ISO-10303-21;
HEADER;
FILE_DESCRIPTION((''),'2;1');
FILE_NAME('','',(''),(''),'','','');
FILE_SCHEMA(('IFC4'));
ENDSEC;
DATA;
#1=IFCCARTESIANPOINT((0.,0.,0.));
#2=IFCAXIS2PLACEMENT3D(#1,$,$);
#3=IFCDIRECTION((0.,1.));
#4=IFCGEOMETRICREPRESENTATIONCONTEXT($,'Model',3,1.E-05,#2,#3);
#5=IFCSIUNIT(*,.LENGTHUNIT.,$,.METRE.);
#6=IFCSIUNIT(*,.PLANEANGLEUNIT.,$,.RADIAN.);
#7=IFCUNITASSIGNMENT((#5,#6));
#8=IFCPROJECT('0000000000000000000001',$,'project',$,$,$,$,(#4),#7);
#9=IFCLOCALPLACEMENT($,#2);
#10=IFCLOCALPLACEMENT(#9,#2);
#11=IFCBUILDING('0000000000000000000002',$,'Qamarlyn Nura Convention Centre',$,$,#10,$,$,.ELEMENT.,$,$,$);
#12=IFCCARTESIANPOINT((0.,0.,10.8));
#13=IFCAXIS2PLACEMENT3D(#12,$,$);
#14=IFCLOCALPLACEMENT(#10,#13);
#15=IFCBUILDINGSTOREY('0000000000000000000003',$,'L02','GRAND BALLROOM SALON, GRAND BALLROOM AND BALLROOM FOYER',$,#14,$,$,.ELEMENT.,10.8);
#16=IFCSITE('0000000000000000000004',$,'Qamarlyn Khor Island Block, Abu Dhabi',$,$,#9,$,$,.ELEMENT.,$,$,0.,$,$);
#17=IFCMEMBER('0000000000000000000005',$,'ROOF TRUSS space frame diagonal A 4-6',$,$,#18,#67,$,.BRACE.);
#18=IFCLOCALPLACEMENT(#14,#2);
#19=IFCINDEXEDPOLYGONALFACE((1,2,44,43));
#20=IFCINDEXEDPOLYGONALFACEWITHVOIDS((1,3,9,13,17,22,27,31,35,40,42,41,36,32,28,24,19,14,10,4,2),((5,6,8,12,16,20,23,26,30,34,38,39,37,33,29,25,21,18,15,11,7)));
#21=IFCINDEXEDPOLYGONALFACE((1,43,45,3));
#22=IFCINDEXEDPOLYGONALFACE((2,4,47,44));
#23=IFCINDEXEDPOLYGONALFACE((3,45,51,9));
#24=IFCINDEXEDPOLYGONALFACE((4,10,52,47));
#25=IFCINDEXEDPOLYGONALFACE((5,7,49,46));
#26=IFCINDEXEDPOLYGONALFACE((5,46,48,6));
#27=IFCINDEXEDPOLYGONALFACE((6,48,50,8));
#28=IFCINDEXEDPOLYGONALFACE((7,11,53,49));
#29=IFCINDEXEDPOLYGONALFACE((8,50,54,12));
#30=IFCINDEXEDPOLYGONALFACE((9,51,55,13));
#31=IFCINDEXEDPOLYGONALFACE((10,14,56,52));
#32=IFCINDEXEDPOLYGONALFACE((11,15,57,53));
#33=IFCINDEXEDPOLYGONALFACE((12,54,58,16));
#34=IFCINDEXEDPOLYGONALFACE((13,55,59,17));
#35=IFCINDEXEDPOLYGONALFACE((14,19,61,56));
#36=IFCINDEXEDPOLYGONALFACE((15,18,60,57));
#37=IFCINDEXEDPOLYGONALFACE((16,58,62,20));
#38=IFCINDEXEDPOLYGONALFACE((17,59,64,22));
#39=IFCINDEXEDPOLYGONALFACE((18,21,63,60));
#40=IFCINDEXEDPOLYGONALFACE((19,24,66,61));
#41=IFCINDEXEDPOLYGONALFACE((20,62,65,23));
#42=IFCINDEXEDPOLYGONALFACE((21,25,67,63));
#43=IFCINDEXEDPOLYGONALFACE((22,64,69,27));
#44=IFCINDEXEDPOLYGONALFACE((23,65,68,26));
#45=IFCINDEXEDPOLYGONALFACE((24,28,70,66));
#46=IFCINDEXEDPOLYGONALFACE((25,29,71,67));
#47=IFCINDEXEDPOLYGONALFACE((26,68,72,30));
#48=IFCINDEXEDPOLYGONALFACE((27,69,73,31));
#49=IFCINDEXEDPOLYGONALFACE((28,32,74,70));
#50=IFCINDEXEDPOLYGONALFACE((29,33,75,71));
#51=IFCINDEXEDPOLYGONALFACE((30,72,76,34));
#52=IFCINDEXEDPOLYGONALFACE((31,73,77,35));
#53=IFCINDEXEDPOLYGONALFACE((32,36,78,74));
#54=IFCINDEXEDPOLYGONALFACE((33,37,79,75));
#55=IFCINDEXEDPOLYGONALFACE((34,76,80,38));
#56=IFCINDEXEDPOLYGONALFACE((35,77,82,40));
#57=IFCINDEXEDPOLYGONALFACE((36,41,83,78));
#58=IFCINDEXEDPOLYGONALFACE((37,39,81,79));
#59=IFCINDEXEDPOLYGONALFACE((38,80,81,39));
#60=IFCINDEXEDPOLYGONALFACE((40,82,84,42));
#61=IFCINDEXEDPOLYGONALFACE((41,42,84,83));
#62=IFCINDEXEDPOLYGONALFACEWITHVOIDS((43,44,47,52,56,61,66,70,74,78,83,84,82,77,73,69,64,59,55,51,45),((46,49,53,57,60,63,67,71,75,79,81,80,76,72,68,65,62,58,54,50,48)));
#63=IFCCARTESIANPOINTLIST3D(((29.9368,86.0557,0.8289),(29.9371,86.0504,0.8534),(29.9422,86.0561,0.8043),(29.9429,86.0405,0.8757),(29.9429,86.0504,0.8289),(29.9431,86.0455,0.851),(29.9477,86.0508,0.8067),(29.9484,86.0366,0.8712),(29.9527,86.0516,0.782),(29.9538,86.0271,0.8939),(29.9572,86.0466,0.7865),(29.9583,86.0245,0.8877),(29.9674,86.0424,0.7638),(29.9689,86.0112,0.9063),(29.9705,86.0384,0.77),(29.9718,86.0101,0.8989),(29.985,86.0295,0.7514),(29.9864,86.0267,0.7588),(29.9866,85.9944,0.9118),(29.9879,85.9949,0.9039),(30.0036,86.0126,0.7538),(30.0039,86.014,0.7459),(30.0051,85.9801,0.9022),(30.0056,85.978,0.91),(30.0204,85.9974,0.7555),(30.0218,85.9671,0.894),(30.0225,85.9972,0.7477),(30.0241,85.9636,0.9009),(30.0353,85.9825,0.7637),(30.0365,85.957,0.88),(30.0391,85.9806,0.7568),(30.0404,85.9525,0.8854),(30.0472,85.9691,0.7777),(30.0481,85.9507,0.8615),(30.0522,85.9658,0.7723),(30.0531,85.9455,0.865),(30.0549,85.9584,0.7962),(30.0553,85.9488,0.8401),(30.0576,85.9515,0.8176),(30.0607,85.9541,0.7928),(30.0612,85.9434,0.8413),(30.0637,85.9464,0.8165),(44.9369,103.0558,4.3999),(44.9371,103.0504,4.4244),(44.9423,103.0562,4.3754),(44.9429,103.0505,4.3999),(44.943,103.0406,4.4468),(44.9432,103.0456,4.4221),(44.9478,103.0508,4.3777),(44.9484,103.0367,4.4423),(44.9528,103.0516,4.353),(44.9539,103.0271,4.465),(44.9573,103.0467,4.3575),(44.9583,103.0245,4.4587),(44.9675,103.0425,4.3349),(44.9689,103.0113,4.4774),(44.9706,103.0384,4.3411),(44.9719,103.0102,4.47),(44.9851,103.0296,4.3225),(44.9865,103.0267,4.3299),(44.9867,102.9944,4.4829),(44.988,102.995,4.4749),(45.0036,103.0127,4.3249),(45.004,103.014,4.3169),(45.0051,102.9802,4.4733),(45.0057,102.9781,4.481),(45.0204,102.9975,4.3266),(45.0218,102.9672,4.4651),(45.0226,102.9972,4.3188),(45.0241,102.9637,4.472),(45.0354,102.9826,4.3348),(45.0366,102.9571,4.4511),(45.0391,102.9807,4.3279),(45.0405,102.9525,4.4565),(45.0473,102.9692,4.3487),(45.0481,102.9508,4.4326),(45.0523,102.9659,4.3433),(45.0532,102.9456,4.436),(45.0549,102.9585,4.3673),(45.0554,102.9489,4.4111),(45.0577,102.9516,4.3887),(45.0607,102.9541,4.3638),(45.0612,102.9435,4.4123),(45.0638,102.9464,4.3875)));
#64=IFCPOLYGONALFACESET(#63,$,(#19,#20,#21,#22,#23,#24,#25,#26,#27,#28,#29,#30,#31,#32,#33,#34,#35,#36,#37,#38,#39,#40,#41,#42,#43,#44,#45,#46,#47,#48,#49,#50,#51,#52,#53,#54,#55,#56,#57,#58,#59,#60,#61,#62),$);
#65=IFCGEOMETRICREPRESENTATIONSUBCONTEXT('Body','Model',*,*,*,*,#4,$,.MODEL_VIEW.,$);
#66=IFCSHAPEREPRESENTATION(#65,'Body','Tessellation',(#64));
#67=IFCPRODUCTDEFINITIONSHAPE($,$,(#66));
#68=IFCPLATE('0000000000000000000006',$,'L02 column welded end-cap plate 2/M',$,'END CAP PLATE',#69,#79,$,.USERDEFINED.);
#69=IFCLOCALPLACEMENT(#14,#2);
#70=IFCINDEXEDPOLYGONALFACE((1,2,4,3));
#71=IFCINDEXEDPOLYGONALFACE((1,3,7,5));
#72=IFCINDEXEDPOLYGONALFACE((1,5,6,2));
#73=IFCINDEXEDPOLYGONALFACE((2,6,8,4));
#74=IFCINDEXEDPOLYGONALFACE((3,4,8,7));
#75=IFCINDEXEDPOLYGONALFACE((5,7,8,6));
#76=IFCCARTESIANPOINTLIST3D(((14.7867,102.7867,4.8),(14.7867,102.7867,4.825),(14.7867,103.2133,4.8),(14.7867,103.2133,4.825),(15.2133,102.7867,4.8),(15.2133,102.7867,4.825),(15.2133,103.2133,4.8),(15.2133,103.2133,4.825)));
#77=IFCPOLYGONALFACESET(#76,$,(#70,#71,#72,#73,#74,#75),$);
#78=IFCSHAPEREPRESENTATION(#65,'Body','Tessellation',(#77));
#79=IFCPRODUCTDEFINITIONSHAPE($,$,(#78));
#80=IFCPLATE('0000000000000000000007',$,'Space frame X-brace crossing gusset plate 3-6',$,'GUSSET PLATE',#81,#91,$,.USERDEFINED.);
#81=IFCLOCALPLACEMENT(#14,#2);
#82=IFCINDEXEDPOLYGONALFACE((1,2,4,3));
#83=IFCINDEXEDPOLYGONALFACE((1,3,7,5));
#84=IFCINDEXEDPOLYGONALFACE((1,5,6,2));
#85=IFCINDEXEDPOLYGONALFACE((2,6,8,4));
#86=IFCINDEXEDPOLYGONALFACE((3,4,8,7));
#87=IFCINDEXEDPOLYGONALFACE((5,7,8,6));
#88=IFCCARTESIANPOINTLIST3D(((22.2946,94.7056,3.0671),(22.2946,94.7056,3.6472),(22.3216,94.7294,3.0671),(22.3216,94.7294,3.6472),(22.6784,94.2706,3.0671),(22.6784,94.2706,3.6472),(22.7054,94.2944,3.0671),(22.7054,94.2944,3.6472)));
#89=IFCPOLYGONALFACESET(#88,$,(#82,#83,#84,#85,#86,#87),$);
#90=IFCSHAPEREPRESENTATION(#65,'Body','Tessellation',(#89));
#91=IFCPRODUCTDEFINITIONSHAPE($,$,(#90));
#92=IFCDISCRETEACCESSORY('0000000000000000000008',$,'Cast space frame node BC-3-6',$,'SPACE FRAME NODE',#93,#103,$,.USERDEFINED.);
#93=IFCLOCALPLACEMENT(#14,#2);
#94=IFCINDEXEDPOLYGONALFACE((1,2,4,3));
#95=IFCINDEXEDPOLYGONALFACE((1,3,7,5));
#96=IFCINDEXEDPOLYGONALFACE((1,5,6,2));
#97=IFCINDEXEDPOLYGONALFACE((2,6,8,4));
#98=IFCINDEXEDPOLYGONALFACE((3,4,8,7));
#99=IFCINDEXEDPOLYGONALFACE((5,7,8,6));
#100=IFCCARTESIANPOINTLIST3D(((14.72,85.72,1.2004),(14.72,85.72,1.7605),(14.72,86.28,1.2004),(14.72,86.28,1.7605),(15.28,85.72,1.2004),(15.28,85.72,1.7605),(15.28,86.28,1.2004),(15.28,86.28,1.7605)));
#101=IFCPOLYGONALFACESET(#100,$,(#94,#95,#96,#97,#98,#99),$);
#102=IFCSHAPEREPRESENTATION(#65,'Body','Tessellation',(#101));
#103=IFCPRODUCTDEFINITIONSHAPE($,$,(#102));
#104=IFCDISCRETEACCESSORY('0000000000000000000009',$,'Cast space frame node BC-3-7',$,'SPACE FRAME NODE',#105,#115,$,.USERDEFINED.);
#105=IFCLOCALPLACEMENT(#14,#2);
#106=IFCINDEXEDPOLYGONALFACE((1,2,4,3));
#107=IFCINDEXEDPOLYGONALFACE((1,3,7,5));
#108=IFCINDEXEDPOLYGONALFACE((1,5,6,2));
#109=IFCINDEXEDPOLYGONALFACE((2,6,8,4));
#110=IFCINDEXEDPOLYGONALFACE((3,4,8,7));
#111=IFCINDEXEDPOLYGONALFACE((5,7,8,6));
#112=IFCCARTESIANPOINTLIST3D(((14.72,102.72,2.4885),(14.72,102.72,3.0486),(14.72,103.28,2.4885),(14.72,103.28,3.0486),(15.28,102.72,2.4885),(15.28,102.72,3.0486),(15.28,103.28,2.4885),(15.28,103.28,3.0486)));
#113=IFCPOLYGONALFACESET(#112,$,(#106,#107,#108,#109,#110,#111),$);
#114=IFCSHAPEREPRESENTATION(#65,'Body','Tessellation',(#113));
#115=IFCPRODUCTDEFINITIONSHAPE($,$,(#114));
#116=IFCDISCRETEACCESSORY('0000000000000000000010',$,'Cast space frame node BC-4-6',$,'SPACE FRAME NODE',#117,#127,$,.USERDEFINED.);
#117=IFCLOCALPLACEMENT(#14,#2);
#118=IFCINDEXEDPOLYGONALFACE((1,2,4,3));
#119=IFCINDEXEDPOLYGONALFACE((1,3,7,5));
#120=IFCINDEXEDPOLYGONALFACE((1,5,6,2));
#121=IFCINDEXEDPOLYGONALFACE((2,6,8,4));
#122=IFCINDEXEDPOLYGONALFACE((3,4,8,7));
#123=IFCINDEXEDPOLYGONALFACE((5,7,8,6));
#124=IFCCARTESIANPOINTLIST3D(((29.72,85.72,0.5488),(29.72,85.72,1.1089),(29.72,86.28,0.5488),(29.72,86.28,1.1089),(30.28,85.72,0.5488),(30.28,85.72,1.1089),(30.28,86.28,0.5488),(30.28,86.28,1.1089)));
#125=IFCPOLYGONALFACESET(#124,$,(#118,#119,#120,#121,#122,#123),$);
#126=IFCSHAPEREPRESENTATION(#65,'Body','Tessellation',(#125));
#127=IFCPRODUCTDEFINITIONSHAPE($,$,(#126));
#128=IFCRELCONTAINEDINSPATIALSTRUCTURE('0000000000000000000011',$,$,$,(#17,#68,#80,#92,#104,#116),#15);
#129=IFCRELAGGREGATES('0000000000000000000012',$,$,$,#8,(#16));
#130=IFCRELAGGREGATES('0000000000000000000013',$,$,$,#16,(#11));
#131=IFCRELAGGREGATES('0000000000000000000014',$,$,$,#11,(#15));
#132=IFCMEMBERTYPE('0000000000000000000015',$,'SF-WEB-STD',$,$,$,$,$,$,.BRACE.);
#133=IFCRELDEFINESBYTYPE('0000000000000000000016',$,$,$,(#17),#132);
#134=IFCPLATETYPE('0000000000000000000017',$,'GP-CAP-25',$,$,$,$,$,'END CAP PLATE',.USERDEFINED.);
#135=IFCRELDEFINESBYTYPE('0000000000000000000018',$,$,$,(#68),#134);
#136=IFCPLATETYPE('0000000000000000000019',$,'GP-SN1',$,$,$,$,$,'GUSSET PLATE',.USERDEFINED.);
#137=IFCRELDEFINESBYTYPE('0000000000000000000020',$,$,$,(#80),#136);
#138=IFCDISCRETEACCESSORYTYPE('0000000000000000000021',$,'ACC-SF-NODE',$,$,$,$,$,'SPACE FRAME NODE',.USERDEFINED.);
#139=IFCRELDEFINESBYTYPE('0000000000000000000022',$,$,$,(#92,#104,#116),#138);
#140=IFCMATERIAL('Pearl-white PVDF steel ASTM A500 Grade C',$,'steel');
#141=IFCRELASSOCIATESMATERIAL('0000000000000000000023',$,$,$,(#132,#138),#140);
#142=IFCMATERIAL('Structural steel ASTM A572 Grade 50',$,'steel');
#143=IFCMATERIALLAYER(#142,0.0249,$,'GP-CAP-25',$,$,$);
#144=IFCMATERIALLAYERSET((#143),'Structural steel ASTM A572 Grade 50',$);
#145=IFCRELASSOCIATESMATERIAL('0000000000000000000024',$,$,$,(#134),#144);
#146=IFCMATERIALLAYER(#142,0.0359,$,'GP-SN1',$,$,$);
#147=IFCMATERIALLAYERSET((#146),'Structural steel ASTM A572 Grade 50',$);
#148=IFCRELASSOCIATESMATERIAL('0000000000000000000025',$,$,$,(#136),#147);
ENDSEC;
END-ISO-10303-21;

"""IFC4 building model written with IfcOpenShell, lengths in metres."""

from ifc_helpers import new_model, si_unit, direction, frame, origin, origin_2d, place, context, subcontext, project, spatial, rectangle, hollow_circle, extrude, material, layer, layer_set, material_profile, profile_set, type_object, element, save


model = new_model("IFC4")

# Units and contexts
model_context = context("Model", 3, precision=1e-05, world=origin(), true_north=direction((0.0, 1.0)))
body_context = subcontext(model_context, "Body", "Model", "MODEL_VIEW")
ifc_project = project(units=[si_unit("LENGTHUNIT", "METRE"), si_unit("PLANEANGLEUNIT", "RADIAN")], contexts=[model_context])

# Site, building, storey
site_placement = place(None, origin())
site = spatial("IfcSite", under=ifc_project, at=site_placement, Name="Qamarlyn Khor Island Block, Abu Dhabi", CompositionType="ELEMENT", RefElevation=0.0)
building_placement = place(site_placement, origin())
building = spatial("IfcBuilding", under=site, at=building_placement, Name="Qamarlyn Nura Convention Centre", CompositionType="ELEMENT")
storey_placement = place(building_placement, frame((0.0, 0.0, 10.8)))
storey = spatial("IfcBuildingStorey", under=building, at=storey_placement, Name="L02", Description="GRAND BALLROOM SALON, GRAND BALLROOM AND BALLROOM FOYER", CompositionType="ELEMENT", Elevation=10.8)

# Shared definitions
ifc_material_1 = material(Name="Pearl-white PVDF steel ASTM A500 Grade C", Category="steel")

# Member
ifc_material_profile_1 = material_profile(ifc_material_1, hollow_circle(Radius=0.0842, WallThickness=0.0081, at=origin_2d()), Name="CHS168.3X8")
ifc_profile_set_1 = profile_set([ifc_material_profile_1], Name="Pearl-white PVDF steel ASTM A500 Grade C")
member_type_1 = type_object("IfcMemberType", Name="SF-WEB-STD", PredefinedType="BRACE", material=ifc_profile_set_1)
member_1_placement = place(storey_placement, frame((30.0, 86.0, 0.8289), z_axis=(0.653564, 0.740706, 0.155594), x_axis=(-0.749838, 0.661622, 0.0)))
element("IfcMember", 1, at=member_1_placement, inside=storey, type_object=member_type_1, Name="ROOF TRUSS space frame diagonal A 4-6", PredefinedType="BRACE", context=body_context, shape_type="SweptSolid", body=[
    extrude(hollow_circle(Radius=0.0842, WallThickness=0.0081, at=origin_2d()), origin(), (0.0, 0.0, 1.0), 22.9512),
])

# Plates
ifc_material_2 = material(Name="Structural steel ASTM A572 Grade 50", Category="steel")
ifc_layer_1 = layer(ifc_material_2, 0.0249, Name="GP-CAP-25")
ifc_layer_set_1 = layer_set([ifc_layer_1], Name="Structural steel ASTM A572 Grade 50")
plate_type_1 = type_object("IfcPlateType", Name="GP-CAP-25", ElementType="END CAP PLATE", PredefinedType="USERDEFINED", material=ifc_layer_set_1)
plate_1_placement = place(storey_placement, frame((15.0, 103.0, 4.8), z_axis=(0.0, 0.0, 1.0), x_axis=(1.0, 0.0, 0.0)))
element("IfcPlate", 2, at=plate_1_placement, inside=storey, type_object=plate_type_1, Name="L02 column welded end-cap plate 2/M", ObjectType="END CAP PLATE", PredefinedType="USERDEFINED", context=body_context, shape_type="SweptSolid", body=[
    extrude(rectangle(XDim=0.4265, YDim=0.4265, at=origin_2d()), origin(), (0.0, 0.0, 1.0), 0.0249),
])
ifc_layer_2 = layer(ifc_material_2, 0.0359, Name="GP-SN1")
ifc_layer_set_2 = layer_set([ifc_layer_2], Name="Structural steel ASTM A572 Grade 50")
plate_type_2 = type_object("IfcPlateType", Name="GP-SN1", ElementType="GUSSET PLATE", PredefinedType="USERDEFINED", material=ifc_layer_set_2)
plate_2_placement = place(storey_placement, frame((22.5, 94.5, 3.0671), z_axis=(0.0, 0.0, 1.0), x_axis=(-0.661622, 0.749837, 0.0)))
element("IfcPlate", 3, at=plate_2_placement, inside=storey, type_object=plate_type_2, Name="Space frame X-brace crossing gusset plate 3-6", ObjectType="GUSSET PLATE", PredefinedType="USERDEFINED", context=body_context, shape_type="SweptSolid", body=[
    extrude(rectangle(XDim=0.5801, YDim=0.0359, at=origin_2d()), origin(), (0.0, 0.0, 1.0), 0.5801),
])

# Discrete accessories
discrete_accessory_type = type_object("IfcDiscreteAccessoryType", Name="ACC-SF-NODE", ElementType="SPACE FRAME NODE", PredefinedType="USERDEFINED", material=ifc_material_1)
for number, where, z_axis, x_axis, name in (
    (4, (15.0, 86.0, 1.2004), (0.0, 0.0, 1.0), (1.0, 0.0, 0.0), "Cast space frame node BC-3-6"),
    (5, (15.0, 103.0, 2.4885), (0.0, 0.0, 1.0), (1.0, 0.0, 0.0), "Cast space frame node BC-3-7"),
    (6, (30.0, 86.0, 0.5488), (0.0, 0.0, 1.0), (1.0, 0.0, 0.0), "Cast space frame node BC-4-6"),
):
    element("IfcDiscreteAccessory", number, at=place(storey_placement, frame(where, z_axis=z_axis, x_axis=x_axis)), inside=storey, type_object=discrete_accessory_type, Name=name, ObjectType="SPACE FRAME NODE", PredefinedType="USERDEFINED", context=body_context, shape_type="SweptSolid", body=[
        extrude(rectangle(XDim=0.5601, YDim=0.5601, at=origin_2d()), origin(), (0.0, 0.0, 1.0), 0.5601),
    ])

save(model, "model.ifc")
